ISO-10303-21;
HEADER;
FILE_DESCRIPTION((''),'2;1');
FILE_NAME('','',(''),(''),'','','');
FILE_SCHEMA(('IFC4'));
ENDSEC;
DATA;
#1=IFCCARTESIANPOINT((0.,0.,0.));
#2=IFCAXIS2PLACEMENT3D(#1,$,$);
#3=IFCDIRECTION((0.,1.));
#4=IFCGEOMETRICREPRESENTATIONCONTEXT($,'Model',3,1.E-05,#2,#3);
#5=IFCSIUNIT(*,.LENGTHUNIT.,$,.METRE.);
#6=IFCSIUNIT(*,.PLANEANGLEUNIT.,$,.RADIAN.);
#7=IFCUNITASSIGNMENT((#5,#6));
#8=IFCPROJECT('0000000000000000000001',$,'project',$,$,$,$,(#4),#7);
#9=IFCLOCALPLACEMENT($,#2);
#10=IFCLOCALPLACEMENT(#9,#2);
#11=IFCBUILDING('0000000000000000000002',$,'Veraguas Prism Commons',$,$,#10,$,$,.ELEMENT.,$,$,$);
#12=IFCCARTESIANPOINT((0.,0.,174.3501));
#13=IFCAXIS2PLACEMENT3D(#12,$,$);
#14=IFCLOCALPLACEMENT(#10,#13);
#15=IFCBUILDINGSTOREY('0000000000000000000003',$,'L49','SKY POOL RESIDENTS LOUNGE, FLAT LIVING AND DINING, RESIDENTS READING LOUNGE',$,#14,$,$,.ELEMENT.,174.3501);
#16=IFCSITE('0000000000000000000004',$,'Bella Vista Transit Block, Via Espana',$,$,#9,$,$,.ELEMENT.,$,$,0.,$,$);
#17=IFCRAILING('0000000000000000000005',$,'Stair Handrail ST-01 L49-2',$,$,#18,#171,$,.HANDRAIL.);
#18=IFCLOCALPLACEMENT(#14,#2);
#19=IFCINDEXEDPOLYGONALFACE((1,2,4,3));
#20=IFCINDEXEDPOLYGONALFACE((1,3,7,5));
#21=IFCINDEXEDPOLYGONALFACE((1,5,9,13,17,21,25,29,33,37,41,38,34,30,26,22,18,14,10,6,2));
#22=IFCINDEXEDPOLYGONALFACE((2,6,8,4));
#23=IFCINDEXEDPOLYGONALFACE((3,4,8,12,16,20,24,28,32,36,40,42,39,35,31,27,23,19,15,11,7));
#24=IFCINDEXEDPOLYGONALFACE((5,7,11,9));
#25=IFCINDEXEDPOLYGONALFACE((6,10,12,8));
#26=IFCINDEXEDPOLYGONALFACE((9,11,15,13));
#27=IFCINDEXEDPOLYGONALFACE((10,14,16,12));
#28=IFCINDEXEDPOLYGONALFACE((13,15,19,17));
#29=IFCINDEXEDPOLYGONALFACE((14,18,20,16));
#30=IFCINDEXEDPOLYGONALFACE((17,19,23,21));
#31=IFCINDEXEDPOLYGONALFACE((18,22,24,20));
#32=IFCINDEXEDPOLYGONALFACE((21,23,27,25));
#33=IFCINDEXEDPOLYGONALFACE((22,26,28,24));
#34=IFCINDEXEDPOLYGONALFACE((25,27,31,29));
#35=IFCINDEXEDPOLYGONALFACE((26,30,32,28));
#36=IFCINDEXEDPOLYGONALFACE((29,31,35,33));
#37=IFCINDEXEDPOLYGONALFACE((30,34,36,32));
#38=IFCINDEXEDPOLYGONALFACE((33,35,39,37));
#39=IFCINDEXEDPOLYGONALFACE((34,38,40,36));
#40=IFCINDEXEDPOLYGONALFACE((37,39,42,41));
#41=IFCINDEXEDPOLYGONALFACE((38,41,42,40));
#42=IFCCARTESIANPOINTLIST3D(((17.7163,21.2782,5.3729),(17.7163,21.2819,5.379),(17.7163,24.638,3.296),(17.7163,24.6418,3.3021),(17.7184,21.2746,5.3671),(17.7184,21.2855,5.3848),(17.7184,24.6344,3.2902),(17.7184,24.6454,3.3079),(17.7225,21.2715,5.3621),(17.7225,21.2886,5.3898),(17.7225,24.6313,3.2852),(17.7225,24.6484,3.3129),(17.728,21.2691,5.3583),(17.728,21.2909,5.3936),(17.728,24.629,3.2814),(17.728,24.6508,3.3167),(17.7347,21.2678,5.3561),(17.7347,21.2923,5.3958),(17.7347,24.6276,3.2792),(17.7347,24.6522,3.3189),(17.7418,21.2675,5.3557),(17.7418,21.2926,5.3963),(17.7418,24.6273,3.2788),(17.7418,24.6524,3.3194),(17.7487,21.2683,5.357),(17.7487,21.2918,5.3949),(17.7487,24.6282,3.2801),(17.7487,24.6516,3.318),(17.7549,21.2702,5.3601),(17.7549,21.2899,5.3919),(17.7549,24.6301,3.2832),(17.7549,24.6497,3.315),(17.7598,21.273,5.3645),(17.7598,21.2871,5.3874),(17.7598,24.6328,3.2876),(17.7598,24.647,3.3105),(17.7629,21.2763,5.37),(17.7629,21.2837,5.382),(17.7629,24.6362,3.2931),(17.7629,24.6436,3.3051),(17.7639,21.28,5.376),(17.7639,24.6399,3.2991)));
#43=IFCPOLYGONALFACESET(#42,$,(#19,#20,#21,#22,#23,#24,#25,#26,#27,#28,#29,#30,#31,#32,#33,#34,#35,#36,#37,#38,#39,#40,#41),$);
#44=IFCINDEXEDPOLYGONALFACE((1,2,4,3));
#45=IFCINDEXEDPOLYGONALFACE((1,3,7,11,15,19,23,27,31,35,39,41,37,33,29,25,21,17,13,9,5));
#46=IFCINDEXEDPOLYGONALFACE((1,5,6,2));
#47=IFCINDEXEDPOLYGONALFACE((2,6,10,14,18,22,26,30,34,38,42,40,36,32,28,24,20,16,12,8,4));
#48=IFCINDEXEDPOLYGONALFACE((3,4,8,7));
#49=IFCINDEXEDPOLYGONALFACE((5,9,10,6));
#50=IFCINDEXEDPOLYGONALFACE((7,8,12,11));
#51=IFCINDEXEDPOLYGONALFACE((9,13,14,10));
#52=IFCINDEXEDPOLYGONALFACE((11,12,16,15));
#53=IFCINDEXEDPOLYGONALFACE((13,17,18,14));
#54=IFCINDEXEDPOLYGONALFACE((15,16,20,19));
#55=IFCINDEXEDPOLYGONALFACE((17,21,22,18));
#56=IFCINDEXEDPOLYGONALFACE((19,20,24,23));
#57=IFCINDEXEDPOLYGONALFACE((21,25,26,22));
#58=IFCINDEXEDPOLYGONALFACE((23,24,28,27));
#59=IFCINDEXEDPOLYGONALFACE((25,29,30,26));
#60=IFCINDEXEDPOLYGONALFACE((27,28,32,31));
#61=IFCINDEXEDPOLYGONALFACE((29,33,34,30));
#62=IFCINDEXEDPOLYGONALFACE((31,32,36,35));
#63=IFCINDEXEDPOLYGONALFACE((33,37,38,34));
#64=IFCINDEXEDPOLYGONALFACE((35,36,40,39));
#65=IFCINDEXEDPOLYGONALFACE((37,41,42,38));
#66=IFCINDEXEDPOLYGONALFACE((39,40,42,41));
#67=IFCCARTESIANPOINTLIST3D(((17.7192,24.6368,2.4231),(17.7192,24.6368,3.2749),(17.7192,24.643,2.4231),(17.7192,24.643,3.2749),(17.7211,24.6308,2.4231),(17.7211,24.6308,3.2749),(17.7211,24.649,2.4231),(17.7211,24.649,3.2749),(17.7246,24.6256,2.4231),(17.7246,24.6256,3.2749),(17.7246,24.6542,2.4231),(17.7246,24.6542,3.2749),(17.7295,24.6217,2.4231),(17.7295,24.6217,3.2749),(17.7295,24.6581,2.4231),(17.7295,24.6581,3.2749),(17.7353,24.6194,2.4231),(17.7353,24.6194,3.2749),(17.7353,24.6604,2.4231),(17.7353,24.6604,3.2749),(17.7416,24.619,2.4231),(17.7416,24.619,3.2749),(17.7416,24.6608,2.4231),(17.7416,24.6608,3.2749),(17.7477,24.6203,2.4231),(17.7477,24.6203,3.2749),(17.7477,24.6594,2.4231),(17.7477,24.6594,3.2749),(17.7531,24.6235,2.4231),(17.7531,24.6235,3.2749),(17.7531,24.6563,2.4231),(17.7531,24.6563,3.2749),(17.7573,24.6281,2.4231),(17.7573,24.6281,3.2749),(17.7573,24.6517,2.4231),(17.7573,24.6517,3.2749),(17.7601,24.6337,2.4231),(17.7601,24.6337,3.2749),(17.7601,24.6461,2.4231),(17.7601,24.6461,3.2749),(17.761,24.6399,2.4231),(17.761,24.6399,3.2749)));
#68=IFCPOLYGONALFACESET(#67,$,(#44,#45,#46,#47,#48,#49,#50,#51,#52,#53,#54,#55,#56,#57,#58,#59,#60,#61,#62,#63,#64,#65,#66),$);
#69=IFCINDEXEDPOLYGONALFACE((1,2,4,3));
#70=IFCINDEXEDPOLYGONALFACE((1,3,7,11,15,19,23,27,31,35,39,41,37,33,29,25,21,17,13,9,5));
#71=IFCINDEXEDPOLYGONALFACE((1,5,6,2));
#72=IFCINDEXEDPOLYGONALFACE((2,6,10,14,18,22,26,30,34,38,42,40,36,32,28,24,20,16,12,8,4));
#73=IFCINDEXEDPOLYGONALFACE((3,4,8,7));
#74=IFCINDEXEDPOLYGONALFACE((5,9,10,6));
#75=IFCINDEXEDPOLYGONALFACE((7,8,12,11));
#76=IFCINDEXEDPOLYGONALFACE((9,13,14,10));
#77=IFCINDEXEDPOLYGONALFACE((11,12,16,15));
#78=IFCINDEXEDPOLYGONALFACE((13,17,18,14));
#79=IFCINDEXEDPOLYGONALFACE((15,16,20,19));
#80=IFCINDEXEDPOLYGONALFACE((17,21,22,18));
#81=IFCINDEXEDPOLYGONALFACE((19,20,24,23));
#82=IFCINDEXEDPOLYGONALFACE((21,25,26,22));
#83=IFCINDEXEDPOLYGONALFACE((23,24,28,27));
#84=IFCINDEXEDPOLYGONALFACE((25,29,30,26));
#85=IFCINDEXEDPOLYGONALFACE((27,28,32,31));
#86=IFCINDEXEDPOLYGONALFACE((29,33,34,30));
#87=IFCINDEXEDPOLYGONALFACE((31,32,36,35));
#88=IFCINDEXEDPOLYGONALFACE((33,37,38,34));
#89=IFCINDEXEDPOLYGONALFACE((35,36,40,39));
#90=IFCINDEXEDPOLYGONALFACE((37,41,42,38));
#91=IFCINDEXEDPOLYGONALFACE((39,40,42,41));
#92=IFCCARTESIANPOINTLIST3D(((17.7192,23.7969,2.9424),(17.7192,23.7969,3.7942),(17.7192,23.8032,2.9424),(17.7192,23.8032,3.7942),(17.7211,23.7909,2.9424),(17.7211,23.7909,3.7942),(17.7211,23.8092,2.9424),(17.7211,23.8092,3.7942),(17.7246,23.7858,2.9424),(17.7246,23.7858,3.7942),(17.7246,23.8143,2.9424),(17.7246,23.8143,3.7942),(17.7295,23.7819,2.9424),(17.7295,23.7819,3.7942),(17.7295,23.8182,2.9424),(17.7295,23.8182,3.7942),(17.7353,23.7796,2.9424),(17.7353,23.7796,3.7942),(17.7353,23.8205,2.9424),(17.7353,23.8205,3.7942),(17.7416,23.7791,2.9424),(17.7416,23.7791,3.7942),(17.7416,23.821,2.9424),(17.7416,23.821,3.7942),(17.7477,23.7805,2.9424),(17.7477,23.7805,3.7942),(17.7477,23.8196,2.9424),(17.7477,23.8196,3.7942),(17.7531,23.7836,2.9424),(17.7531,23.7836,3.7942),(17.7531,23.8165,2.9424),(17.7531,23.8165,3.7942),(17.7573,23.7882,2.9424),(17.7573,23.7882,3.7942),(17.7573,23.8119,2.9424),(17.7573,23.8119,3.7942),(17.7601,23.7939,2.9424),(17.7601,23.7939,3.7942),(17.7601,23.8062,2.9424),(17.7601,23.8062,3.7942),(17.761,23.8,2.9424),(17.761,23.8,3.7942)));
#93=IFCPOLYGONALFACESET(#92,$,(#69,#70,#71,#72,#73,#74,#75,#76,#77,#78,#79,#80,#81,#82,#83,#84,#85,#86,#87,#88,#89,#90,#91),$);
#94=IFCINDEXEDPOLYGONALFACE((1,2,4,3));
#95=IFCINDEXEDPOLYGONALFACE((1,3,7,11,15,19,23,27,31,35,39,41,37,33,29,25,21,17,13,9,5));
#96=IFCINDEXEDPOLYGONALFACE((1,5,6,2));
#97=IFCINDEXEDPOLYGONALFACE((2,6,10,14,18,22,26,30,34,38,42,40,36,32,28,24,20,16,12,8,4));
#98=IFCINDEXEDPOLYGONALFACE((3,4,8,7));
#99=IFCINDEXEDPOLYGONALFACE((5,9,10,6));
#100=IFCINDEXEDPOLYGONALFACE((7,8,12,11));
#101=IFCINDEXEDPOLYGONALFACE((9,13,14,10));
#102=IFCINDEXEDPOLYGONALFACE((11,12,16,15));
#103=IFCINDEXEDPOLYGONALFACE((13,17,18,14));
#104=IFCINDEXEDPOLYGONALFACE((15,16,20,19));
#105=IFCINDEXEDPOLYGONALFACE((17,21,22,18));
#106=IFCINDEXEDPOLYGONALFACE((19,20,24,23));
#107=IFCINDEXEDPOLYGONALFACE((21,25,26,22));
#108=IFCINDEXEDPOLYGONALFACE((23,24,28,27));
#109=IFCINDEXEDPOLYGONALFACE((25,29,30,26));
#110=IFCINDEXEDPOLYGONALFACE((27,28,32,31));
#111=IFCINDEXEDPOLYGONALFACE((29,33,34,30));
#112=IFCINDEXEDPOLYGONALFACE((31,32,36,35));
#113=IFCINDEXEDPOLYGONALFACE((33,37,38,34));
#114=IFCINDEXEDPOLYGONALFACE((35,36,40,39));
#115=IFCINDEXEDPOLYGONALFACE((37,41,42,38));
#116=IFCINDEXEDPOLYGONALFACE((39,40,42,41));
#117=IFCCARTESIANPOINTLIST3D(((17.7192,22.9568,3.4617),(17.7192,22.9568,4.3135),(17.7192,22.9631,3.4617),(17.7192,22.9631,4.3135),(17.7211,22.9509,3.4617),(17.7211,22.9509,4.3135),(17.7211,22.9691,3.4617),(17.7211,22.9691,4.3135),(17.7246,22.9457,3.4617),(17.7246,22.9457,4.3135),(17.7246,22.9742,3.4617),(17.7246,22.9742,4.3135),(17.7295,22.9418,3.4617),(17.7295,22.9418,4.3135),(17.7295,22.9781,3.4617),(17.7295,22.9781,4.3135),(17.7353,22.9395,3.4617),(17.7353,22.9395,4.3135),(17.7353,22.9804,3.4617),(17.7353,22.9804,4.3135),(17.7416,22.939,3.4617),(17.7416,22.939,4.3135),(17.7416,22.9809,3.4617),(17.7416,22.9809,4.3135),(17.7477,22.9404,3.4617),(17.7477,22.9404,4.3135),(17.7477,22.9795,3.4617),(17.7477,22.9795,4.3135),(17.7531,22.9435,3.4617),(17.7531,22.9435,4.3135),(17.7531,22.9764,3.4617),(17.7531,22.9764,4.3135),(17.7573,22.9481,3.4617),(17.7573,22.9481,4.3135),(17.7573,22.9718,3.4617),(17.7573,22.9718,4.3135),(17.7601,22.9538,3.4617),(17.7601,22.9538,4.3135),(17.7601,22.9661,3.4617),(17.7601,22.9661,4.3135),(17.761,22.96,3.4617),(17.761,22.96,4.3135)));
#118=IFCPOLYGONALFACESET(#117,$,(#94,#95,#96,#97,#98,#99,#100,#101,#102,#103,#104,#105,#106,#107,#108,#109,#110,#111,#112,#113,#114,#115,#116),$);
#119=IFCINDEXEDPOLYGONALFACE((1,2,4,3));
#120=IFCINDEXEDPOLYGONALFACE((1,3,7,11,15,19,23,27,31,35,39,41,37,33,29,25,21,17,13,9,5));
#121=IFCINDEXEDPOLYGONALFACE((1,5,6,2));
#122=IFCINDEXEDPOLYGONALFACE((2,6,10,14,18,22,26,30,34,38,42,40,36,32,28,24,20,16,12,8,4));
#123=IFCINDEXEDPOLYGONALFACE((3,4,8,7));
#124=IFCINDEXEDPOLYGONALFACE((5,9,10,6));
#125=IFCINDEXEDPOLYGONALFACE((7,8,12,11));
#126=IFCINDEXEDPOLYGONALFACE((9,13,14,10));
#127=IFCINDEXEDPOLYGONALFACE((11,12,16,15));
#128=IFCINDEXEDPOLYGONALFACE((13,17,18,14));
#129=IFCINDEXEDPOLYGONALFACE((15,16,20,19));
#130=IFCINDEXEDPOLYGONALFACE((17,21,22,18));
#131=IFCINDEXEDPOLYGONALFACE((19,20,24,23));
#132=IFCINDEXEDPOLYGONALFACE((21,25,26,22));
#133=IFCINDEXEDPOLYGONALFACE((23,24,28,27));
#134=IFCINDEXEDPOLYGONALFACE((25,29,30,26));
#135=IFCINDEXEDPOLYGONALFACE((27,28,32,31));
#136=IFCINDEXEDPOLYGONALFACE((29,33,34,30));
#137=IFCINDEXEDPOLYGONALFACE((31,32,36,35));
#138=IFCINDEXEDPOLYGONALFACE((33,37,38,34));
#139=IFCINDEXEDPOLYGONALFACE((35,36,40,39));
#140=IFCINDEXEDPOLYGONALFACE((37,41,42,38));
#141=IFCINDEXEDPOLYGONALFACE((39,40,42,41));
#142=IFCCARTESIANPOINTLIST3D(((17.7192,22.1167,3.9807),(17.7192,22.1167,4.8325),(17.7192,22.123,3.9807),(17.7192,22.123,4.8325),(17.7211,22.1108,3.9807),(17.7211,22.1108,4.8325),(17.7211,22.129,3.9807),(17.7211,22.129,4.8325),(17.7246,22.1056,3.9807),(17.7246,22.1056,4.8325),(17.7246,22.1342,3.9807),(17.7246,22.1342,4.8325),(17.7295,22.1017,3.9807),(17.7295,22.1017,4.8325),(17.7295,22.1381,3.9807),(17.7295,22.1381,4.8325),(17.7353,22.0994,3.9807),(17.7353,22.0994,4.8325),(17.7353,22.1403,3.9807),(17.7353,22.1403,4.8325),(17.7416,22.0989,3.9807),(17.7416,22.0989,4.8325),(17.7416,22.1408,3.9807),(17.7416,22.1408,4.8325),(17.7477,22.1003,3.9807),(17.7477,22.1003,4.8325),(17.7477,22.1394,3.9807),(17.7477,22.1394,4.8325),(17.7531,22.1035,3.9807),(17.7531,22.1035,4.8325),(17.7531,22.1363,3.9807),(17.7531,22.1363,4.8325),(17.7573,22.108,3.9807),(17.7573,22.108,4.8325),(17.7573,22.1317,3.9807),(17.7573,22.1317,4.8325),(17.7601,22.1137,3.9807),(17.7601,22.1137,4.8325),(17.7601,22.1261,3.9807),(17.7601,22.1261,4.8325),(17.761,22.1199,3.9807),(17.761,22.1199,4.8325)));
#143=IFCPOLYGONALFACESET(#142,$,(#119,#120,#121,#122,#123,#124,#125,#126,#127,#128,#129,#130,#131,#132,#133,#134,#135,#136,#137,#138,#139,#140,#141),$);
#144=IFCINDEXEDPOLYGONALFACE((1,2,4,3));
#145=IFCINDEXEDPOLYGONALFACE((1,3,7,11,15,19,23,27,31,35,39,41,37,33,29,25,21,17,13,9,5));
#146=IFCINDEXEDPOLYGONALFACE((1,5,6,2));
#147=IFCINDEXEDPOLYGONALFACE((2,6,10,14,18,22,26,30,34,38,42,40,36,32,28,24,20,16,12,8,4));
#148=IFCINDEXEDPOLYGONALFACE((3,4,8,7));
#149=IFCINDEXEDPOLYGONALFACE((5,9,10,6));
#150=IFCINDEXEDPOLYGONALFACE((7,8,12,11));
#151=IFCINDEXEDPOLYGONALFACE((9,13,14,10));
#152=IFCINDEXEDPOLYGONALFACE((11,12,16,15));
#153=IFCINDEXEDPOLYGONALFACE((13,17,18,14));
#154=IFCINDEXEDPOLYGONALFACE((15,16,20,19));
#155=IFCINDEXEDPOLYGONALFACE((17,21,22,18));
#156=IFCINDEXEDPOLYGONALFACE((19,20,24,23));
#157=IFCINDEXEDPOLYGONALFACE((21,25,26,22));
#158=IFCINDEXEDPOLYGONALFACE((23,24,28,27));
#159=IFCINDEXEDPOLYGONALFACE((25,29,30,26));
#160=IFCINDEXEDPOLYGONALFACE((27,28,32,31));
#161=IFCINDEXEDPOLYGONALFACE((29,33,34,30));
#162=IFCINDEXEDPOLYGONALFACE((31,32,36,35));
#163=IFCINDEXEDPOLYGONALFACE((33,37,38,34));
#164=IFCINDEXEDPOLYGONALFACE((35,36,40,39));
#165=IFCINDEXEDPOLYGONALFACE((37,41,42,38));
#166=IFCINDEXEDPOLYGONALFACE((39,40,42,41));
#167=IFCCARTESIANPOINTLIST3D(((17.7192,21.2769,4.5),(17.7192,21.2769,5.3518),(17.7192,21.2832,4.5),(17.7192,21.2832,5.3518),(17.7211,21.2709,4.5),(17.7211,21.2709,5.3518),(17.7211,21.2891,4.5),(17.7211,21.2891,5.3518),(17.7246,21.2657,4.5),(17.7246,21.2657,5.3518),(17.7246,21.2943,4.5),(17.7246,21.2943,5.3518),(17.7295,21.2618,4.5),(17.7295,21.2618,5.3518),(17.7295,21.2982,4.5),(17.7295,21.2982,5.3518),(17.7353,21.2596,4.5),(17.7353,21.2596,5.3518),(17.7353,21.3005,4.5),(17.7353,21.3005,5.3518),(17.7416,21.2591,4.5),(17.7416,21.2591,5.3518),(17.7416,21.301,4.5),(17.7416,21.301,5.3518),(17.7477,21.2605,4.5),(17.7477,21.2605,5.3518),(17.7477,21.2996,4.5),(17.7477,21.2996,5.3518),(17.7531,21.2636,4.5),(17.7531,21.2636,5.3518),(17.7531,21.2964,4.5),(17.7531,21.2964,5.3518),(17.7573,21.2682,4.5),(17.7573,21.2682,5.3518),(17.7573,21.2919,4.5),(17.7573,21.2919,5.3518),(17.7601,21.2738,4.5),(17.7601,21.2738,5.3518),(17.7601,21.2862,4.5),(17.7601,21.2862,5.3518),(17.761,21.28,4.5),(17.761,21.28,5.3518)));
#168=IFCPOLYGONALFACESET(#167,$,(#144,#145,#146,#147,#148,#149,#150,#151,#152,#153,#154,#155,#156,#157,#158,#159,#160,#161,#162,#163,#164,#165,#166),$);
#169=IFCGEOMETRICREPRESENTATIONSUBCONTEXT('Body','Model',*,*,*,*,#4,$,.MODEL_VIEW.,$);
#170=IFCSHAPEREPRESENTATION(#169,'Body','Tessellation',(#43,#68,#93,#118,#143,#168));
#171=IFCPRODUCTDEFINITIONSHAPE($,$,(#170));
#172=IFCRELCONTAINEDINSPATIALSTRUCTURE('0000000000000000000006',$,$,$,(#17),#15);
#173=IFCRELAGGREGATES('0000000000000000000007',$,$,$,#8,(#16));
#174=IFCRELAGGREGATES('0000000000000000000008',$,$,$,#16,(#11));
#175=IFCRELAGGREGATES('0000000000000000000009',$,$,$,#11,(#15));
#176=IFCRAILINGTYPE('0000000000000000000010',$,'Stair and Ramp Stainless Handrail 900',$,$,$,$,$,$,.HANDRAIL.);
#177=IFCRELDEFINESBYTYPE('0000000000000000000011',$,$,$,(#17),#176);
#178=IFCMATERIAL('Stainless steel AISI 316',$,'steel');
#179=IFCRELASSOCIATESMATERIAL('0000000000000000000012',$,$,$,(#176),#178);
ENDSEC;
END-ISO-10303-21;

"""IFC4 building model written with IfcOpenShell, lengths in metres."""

from ifc_helpers import new_model, si_unit, direction, frame, origin, origin_2d, place, context, subcontext, project, spatial, circle, extrude, material, type_object, element, save


model = new_model("IFC4")

# Units and contexts
model_context = context("Model", 3, precision=1e-05, world=origin(), true_north=direction((0.0, 1.0)))
body_context = subcontext(model_context, "Body", "Model", "MODEL_VIEW")
ifc_project = project(units=[si_unit("LENGTHUNIT", "METRE"), si_unit("PLANEANGLEUNIT", "RADIAN")], contexts=[model_context])

# Site, building, storey
site_placement = place(None, origin())
site = spatial("IfcSite", under=ifc_project, at=site_placement, Name="Bella Vista Transit Block, Via Espana", CompositionType="ELEMENT", RefElevation=0.0)
building_placement = place(site_placement, origin())
building = spatial("IfcBuilding", under=site, at=building_placement, Name="Veraguas Prism Commons", CompositionType="ELEMENT")
storey_placement = place(building_placement, frame((0.0, 0.0, 174.3501)))
storey = spatial("IfcBuildingStorey", under=building, at=storey_placement, Name="L49", Description="SKY POOL RESIDENTS LOUNGE, FLAT LIVING AND DINING, RESIDENTS READING LOUNGE", CompositionType="ELEMENT", Elevation=174.3501)

# Railing
ifc_material_1 = material(Name="Stainless steel AISI 316", Category="steel")
railing_type_1 = type_object("IfcRailingType", Name="Stair and Ramp Stainless Handrail 900", PredefinedType="HANDRAIL", material=ifc_material_1)
railing_1_placement = place(storey_placement, frame((17.74, 24.6399, 2.4231)))
element("IfcRailing", 1, at=railing_1_placement, inside=storey, type_object=railing_type_1, Name="Stair Handrail ST-01 L49-2", PredefinedType="HANDRAIL", context=body_context, shape_type="SweptSolid", body=[
    extrude(circle(Radius=0.0239, at=origin_2d()), frame((0.0, 0.0, 0.876), z_axis=(0.0, -0.850606, 0.525803), x_axis=(1.0, 0.0, 0.0)), (0.0, 0.0, 1.0), 3.95),
    extrude(circle(Radius=0.021, at=origin_2d()), origin(), (0.0, 0.0, 1.0), 0.8518),
    extrude(circle(Radius=0.021, at=origin_2d()), frame((0.0, -0.8398, 0.5193)), (0.0, 0.0, 1.0), 0.8518),
    extrude(circle(Radius=0.021, at=origin_2d()), frame((0.0, -1.6799, 1.0386)), (0.0, 0.0, 1.0), 0.8518),
    extrude(circle(Radius=0.021, at=origin_2d()), frame((0.0, -2.52, 1.5576)), (0.0, 0.0, 1.0), 0.8518),
    extrude(circle(Radius=0.021, at=origin_2d()), frame((0.0, -3.3599, 2.0769)), (0.0, 0.0, 1.0), 0.8518),
])

save(model, "model.ifc")
